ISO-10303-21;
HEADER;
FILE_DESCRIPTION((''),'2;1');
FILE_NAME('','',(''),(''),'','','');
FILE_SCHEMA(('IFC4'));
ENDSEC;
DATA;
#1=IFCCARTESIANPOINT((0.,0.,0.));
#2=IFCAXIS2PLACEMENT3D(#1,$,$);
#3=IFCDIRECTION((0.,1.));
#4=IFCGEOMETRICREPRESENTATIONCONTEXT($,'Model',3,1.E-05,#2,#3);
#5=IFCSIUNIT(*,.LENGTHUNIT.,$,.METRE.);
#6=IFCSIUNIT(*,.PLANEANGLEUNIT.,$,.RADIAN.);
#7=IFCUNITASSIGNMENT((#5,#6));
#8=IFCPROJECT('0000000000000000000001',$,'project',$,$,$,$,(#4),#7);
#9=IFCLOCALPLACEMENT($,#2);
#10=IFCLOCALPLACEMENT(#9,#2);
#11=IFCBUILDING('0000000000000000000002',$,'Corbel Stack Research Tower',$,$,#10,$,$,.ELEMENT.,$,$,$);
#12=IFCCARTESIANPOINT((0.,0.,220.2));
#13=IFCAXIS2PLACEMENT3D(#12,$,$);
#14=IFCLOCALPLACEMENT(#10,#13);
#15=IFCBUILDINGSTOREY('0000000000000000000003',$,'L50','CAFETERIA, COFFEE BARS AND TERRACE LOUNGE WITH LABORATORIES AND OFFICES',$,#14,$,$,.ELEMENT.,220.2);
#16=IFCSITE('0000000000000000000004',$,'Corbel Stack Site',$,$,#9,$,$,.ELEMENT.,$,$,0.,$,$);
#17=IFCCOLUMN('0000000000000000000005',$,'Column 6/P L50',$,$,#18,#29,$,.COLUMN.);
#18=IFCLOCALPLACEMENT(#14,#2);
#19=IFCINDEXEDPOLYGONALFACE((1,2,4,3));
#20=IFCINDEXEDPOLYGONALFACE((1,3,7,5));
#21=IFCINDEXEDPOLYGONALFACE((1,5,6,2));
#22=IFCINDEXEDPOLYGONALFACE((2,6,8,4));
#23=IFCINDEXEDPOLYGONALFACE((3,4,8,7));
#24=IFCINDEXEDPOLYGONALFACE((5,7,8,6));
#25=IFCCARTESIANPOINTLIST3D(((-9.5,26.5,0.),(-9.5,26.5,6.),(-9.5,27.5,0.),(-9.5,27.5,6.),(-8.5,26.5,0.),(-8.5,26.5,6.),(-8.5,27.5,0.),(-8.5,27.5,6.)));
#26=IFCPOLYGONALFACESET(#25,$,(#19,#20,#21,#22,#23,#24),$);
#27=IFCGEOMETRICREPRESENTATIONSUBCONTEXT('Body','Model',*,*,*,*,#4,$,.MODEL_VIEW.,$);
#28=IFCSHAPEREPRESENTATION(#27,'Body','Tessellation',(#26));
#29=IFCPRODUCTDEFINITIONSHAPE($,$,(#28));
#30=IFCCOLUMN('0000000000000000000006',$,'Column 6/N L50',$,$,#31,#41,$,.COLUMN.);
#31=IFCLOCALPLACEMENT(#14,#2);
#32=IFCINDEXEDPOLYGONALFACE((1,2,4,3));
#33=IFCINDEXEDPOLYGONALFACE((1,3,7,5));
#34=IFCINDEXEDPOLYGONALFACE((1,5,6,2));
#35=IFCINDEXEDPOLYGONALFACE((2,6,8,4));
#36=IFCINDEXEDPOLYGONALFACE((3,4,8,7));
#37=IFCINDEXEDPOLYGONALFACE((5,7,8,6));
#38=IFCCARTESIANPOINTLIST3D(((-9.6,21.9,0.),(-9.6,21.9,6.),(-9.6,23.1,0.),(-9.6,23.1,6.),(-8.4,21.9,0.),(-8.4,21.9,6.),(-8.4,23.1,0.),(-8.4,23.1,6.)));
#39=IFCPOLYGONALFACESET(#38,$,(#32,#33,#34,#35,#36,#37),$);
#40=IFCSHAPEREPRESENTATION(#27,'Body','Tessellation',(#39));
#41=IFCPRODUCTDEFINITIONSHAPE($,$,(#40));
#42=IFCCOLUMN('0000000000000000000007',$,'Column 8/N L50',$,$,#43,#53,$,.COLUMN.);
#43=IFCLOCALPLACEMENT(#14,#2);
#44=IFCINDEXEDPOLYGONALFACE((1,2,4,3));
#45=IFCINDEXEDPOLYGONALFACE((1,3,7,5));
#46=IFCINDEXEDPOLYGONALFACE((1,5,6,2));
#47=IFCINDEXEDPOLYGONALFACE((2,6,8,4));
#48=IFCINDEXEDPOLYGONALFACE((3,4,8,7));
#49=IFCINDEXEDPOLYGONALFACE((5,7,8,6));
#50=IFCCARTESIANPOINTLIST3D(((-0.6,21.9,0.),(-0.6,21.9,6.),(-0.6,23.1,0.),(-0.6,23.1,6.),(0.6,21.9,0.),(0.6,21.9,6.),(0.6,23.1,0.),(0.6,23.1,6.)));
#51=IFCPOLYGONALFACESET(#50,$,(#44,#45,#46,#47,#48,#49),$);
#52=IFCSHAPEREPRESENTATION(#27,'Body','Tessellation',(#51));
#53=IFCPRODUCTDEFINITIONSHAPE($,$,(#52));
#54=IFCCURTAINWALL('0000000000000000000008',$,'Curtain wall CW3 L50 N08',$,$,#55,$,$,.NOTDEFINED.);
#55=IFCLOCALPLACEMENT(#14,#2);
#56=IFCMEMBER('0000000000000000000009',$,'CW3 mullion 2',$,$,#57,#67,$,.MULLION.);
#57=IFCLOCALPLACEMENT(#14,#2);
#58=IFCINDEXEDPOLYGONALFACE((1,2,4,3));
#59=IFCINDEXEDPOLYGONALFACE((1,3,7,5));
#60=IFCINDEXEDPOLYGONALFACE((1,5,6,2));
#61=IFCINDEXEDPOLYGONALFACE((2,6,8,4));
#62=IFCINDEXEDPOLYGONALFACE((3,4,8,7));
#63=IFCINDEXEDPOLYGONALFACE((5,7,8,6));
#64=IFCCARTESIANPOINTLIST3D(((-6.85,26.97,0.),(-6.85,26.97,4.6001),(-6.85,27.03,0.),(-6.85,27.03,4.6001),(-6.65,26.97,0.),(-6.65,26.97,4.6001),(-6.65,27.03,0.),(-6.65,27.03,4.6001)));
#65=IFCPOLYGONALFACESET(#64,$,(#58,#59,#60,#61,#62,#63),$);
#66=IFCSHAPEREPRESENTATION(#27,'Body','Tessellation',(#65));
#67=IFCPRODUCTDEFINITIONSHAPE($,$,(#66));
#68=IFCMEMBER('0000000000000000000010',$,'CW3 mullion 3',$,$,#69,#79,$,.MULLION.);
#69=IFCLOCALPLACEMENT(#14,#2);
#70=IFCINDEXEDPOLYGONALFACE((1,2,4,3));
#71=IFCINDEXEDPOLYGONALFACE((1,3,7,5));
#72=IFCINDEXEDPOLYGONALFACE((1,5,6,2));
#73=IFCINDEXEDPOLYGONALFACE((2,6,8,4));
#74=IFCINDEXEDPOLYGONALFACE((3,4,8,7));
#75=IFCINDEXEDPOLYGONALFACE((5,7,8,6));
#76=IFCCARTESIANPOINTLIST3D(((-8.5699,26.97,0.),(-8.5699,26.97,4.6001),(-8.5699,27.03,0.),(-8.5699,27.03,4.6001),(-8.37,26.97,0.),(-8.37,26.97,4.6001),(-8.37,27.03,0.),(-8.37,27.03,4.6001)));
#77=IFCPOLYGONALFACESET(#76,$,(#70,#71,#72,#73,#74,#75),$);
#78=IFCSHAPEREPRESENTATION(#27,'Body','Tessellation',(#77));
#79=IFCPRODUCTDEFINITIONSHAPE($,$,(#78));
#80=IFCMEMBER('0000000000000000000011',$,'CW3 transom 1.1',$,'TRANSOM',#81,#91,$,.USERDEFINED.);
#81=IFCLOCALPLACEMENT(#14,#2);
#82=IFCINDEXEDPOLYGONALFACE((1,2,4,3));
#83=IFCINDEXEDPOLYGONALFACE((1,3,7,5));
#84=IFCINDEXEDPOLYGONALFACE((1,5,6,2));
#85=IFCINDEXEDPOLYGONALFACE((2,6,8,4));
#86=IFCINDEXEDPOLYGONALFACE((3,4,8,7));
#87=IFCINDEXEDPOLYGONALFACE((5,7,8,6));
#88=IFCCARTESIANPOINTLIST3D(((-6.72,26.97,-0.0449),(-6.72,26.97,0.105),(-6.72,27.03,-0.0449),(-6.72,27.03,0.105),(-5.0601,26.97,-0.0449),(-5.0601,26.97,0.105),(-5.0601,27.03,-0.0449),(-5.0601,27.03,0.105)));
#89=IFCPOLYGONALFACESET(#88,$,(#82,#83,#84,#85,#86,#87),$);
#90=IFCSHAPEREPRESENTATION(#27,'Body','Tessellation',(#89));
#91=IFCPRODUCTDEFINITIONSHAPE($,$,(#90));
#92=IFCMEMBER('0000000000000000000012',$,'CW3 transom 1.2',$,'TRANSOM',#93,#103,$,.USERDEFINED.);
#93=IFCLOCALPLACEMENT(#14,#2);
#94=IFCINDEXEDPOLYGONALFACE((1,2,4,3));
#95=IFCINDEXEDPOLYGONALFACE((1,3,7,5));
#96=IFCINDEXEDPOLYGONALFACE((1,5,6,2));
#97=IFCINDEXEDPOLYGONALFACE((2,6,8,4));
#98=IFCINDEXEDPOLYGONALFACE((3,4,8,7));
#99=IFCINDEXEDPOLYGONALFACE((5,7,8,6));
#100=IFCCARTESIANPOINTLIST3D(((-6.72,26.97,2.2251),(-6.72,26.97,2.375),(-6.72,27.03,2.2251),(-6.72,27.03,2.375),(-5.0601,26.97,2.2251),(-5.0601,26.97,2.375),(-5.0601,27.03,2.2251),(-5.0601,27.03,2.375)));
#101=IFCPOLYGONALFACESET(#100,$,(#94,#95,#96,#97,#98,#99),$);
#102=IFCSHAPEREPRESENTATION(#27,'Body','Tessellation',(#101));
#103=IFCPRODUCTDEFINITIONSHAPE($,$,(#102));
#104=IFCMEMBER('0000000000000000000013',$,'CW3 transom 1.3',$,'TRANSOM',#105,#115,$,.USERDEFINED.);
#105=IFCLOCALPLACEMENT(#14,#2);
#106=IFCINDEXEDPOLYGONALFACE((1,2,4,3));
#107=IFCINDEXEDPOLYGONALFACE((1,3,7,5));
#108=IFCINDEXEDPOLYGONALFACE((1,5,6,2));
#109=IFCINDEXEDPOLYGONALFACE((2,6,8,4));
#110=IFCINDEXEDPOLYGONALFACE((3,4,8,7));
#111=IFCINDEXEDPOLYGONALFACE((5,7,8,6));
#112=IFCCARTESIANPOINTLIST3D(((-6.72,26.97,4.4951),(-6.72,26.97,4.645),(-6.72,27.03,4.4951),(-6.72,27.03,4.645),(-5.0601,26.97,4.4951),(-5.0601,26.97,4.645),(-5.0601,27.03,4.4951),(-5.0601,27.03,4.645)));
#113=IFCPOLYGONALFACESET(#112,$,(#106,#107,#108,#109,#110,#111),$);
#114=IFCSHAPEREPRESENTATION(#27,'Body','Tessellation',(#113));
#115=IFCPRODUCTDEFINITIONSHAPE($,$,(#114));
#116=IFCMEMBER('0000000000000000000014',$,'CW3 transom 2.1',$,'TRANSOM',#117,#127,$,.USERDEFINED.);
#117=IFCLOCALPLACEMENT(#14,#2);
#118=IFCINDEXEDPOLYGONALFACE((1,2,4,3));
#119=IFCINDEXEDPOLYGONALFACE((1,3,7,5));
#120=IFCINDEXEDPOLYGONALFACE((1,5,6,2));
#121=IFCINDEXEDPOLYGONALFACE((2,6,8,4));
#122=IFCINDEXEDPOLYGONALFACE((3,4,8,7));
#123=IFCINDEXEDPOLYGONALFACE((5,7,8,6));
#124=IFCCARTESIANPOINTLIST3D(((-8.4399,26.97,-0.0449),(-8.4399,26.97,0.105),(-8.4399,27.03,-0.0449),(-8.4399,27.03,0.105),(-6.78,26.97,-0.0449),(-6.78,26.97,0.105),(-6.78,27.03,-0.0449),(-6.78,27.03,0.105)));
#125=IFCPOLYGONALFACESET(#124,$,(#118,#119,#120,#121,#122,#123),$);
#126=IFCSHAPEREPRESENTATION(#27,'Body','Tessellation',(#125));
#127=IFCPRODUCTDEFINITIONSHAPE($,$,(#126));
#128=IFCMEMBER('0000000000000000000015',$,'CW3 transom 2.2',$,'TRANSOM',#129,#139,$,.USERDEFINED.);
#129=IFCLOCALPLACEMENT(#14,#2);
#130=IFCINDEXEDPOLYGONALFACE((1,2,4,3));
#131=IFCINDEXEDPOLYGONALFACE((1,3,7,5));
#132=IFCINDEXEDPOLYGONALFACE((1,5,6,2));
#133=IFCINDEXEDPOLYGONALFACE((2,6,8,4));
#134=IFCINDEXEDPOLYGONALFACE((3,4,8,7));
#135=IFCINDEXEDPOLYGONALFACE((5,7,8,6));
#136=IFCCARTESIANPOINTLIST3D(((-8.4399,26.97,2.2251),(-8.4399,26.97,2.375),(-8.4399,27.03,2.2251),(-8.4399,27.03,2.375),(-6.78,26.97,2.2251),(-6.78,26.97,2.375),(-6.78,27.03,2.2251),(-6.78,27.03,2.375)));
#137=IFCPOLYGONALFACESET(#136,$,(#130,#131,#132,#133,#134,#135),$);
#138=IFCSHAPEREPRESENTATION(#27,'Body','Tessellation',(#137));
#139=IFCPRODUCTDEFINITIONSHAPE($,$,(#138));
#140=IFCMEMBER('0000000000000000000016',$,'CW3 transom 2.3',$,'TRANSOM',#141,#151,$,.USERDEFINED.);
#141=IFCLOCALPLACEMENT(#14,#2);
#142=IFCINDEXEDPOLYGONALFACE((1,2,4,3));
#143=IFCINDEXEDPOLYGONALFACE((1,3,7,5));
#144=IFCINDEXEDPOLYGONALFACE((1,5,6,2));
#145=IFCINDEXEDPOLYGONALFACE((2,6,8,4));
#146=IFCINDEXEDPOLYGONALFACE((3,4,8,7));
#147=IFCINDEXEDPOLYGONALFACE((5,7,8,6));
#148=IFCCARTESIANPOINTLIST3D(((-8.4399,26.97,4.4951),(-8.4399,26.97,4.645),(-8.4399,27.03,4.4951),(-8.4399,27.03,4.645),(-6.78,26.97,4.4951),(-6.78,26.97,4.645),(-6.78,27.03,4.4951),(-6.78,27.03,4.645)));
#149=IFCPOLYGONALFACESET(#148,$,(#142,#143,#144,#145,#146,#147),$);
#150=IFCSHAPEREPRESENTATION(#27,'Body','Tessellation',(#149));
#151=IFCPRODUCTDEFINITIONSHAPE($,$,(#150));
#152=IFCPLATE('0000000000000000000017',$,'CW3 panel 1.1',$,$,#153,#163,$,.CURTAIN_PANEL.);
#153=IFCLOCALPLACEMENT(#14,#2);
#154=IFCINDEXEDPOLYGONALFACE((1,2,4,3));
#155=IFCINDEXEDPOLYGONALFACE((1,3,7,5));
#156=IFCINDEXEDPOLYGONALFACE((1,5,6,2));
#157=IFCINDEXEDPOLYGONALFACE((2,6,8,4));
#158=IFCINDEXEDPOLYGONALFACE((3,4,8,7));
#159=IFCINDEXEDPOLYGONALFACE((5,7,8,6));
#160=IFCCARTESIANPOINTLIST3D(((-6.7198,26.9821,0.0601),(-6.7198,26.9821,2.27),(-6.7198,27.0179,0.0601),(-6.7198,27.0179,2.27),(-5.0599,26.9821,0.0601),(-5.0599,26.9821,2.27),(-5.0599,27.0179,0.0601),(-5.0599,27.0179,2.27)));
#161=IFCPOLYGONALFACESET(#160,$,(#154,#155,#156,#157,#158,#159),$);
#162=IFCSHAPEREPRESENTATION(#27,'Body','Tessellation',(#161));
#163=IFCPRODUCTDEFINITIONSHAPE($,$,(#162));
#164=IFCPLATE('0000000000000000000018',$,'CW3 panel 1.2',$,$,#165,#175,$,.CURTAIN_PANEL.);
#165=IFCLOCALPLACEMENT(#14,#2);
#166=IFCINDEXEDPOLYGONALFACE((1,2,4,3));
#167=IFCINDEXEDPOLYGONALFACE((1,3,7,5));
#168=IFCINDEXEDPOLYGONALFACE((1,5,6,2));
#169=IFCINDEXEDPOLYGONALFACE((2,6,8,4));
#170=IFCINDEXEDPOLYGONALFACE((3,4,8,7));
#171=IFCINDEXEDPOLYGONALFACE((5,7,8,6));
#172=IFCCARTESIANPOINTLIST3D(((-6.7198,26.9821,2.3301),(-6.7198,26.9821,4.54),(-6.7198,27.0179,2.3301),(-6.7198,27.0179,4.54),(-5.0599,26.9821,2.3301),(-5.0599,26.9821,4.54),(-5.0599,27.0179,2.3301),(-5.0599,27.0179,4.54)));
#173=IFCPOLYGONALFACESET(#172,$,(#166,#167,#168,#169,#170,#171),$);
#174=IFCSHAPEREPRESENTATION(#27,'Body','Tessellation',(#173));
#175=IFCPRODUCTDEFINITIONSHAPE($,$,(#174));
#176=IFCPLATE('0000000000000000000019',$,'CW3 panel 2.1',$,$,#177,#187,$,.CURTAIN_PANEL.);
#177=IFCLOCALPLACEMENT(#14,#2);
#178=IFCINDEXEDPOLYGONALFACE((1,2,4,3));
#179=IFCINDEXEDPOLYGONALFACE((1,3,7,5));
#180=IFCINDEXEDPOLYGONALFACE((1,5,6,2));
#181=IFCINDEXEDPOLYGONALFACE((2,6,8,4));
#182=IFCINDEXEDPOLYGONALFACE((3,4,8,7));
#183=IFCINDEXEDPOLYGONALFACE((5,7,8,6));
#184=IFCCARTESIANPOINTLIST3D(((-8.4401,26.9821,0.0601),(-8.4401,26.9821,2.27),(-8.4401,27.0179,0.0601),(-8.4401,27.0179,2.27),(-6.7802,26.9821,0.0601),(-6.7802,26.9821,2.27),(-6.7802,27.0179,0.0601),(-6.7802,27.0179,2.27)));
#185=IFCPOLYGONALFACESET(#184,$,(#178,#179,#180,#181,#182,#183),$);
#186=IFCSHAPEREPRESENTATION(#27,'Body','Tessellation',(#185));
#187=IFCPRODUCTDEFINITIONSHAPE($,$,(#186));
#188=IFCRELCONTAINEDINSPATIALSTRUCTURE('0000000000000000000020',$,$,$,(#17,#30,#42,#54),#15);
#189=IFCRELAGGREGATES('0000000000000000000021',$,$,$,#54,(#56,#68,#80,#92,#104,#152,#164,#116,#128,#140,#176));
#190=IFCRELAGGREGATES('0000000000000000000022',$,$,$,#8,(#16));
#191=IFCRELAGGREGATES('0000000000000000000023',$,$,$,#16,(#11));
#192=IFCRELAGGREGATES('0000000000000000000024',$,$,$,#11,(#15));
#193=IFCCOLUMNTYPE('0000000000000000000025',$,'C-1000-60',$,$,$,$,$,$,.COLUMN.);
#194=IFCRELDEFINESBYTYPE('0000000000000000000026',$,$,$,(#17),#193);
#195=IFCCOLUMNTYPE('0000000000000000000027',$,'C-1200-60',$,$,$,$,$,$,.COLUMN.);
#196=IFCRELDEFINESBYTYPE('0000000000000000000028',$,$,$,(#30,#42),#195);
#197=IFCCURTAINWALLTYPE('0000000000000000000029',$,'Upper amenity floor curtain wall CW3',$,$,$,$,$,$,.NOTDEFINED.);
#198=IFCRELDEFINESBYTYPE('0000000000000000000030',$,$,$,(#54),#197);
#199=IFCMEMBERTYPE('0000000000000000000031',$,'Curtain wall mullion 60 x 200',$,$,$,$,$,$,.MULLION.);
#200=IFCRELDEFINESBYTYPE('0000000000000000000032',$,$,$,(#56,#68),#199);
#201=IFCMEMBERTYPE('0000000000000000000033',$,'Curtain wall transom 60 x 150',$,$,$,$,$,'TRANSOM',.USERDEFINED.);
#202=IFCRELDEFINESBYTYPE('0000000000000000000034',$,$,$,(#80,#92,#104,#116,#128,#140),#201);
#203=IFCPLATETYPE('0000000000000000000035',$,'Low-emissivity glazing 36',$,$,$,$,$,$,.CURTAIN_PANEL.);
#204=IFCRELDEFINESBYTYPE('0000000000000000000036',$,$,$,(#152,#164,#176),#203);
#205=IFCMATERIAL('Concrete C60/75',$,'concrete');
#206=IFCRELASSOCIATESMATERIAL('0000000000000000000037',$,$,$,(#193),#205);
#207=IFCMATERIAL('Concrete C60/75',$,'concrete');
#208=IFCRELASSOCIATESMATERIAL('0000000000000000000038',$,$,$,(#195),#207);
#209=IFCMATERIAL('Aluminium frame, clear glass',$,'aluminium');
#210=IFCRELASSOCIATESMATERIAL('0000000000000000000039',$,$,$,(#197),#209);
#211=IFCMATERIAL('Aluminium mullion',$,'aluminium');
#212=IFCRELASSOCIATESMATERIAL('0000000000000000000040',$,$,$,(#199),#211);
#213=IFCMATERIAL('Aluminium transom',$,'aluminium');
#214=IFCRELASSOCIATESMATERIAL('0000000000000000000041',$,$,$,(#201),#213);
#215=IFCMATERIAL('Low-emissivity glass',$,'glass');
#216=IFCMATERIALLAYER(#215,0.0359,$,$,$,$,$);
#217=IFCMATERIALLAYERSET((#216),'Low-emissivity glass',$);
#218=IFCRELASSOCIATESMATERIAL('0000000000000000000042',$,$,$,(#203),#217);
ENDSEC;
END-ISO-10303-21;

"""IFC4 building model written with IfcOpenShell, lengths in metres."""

from ifc_helpers import new_model, si_unit, direction, frame, origin, origin_2d, place, context, subcontext, project, spatial, rectangle, extrude, material, layer, layer_set, material_profile, profile_set, type_object, element, aggregate, save


model = new_model("IFC4")

# Units and contexts
model_context = context("Model", 3, precision=1e-05, world=origin(), true_north=direction((0.0, 1.0)))
body_context = subcontext(model_context, "Body", "Model", "MODEL_VIEW")
ifc_project = project(units=[si_unit("LENGTHUNIT", "METRE"), si_unit("PLANEANGLEUNIT", "RADIAN")], contexts=[model_context])

# Site, building, storey
site_placement = place(None, origin())
site = spatial("IfcSite", under=ifc_project, at=site_placement, Name="Corbel Stack Site", CompositionType="ELEMENT", RefElevation=0.0)
building_placement = place(site_placement, origin())
building = spatial("IfcBuilding", under=site, at=building_placement, Name="Corbel Stack Research Tower", CompositionType="ELEMENT")
storey_placement = place(building_placement, frame((0.0, 0.0, 220.2)))
storey = spatial("IfcBuildingStorey", under=building, at=storey_placement, Name="L50", Description="CAFETERIA, COFFEE BARS AND TERRACE LOUNGE WITH LABORATORIES AND OFFICES", CompositionType="ELEMENT", Elevation=220.2)

# Columns
ifc_material_1 = material(Name="Concrete C60/75", Category="concrete")
ifc_material_profile_1 = material_profile(ifc_material_1, rectangle(XDim=1.0, YDim=1.0, at=origin_2d()), Name="RC 1000 x 1000")
ifc_profile_set_1 = profile_set([ifc_material_profile_1], Name="Concrete C60/75")
column_type_1 = type_object("IfcColumnType", Name="C-1000-60", PredefinedType="COLUMN", material=ifc_profile_set_1)
column_placement = place(storey_placement, frame((-9.0, 27.0, 0.0), z_axis=(0.0, 0.0, 1.0), x_axis=(1.0, 0.0, 0.0)))
element("IfcColumn", 1, at=column_placement, inside=storey, type_object=column_type_1, Name="Column 6/P L50", PredefinedType="COLUMN", context=body_context, shape_type="SweptSolid", body=[
    extrude(rectangle(XDim=1.0, YDim=1.0, at=origin_2d()), origin(), (0.0, 0.0, 1.0), 6.0),
])
ifc_material_2 = material(Name="Concrete C60/75", Category="concrete")
ifc_material_profile_2 = material_profile(ifc_material_2, rectangle(XDim=1.2, YDim=1.2, at=origin_2d()), Name="RC 1200 x 1200")
ifc_profile_set_2 = profile_set([ifc_material_profile_2], Name="Concrete C60/75")
column_type_2 = type_object("IfcColumnType", Name="C-1200-60", PredefinedType="COLUMN", material=ifc_profile_set_2)
for number, where, z_axis, x_axis, name in (
    (2, (-9.0, 22.5, 0.0), (0.0, 0.0, 1.0), (1.0, 0.0, 0.0), "Column 6/N L50"),
    (3, (0.0, 22.5, 0.0), (0.0, 0.0, 1.0), (1.0, 0.0, 0.0), "Column 8/N L50"),
):
    element("IfcColumn", number, at=place(storey_placement, frame(where, z_axis=z_axis, x_axis=x_axis)), inside=storey, type_object=column_type_2, Name=name, PredefinedType="COLUMN", context=body_context, shape_type="SweptSolid", body=[
        extrude(rectangle(XDim=1.2, YDim=1.2, at=origin_2d()), origin(), (0.0, 0.0, 1.0), 6.0),
    ])

# Curtain wall, members, plates
ifc_material_3 = material(Name="Aluminium frame, clear glass", Category="aluminium")
curtain_wall_type = type_object("IfcCurtainWallType", Name="Upper amenity floor curtain wall CW3", PredefinedType="NOTDEFINED", material=ifc_material_3)
curtain_wall_placement = place(storey_placement, origin())
curtain_wall = element("IfcCurtainWall", 4, at=curtain_wall_placement, inside=storey, type_object=curtain_wall_type, Name="Curtain wall CW3 L50 N08", PredefinedType="NOTDEFINED")
ifc_material_4 = material(Name="Aluminium mullion", Category="aluminium")
ifc_material_profile_3 = material_profile(ifc_material_4, rectangle(XDim=0.0601, YDim=0.2, at=origin_2d()), Name="Mullion 60 x 200")
ifc_profile_set_3 = profile_set([ifc_material_profile_3], Name="Aluminium mullion")
member_type_1 = type_object("IfcMemberType", Name="Curtain wall mullion 60 x 200", PredefinedType="MULLION", material=ifc_profile_set_3)
member_1_placement = place(storey_placement, frame((-6.75, 27.0, 0.0), z_axis=(0.0, 0.0, 1.0), x_axis=(0.0, -1.0, 0.0)))
member_1 = element("IfcMember", 5, at=member_1_placement, type_object=member_type_1, Name="CW3 mullion 2", PredefinedType="MULLION", context=body_context, shape_type="SweptSolid", body=[
    extrude(rectangle(XDim=0.0601, YDim=0.2, at=origin_2d()), origin(), (0.0, 0.0, 1.0), 4.6001),
])
member_2_placement = place(storey_placement, frame((-8.47, 27.0, 0.0), z_axis=(0.0, 0.0, 1.0), x_axis=(0.0, -1.0, 0.0)))
member_2 = element("IfcMember", 6, at=member_2_placement, type_object=member_type_1, Name="CW3 mullion 3", PredefinedType="MULLION", context=body_context, shape_type="SweptSolid", body=[
    extrude(rectangle(XDim=0.0601, YDim=0.2, at=origin_2d()), origin(), (0.0, 0.0, 1.0), 4.6001),
])
ifc_material_5 = material(Name="Aluminium transom", Category="aluminium")
ifc_material_profile_4 = material_profile(ifc_material_5, rectangle(XDim=0.0601, YDim=0.1499, at=origin_2d()), Name="Transom 60 x 150")
ifc_profile_set_4 = profile_set([ifc_material_profile_4], Name="Aluminium transom")
member_type_2 = type_object("IfcMemberType", Name="Curtain wall transom 60 x 150", ElementType="TRANSOM", PredefinedType="USERDEFINED", material=ifc_profile_set_4)
member_3_placement = place(storey_placement, frame((-5.0601, 27.0, 0.03), z_axis=(-1.0, 0.0, 0.0), x_axis=(0.0, -1.0, 0.0)))
member_3 = element("IfcMember", 7, at=member_3_placement, type_object=member_type_2, Name="CW3 transom 1.1", ObjectType="TRANSOM", PredefinedType="USERDEFINED", context=body_context, shape_type="SweptSolid", body=[
    extrude(rectangle(XDim=0.0601, YDim=0.1499, at=origin_2d()), origin(), (0.0, 0.0, 1.0), 1.6599),
])
member_4_placement = place(storey_placement, frame((-5.0601, 27.0, 2.3), z_axis=(-1.0, 0.0, 0.0), x_axis=(0.0, -1.0, 0.0)))
member_4 = element("IfcMember", 8, at=member_4_placement, type_object=member_type_2, Name="CW3 transom 1.2", ObjectType="TRANSOM", PredefinedType="USERDEFINED", context=body_context, shape_type="SweptSolid", body=[
    extrude(rectangle(XDim=0.0601, YDim=0.1499, at=origin_2d()), origin(), (0.0, 0.0, 1.0), 1.6599),
])
member_5_placement = place(storey_placement, frame((-5.0601, 27.0, 4.5701), z_axis=(-1.0, 0.0, 0.0), x_axis=(0.0, -1.0, 0.0)))
member_5 = element("IfcMember", 9, at=member_5_placement, type_object=member_type_2, Name="CW3 transom 1.3", ObjectType="TRANSOM", PredefinedType="USERDEFINED", context=body_context, shape_type="SweptSolid", body=[
    extrude(rectangle(XDim=0.0601, YDim=0.1499, at=origin_2d()), origin(), (0.0, 0.0, 1.0), 1.6599),
])
member_6_placement = place(storey_placement, frame((-6.78, 27.0, 0.03), z_axis=(-1.0, 0.0, 0.0), x_axis=(0.0, -1.0, 0.0)))
member_6 = element("IfcMember", 10, at=member_6_placement, type_object=member_type_2, Name="CW3 transom 2.1", ObjectType="TRANSOM", PredefinedType="USERDEFINED", context=body_context, shape_type="SweptSolid", body=[
    extrude(rectangle(XDim=0.0601, YDim=0.1499, at=origin_2d()), origin(), (0.0, 0.0, 1.0), 1.6599),
])
member_7_placement = place(storey_placement, frame((-6.78, 27.0, 2.3), z_axis=(-1.0, 0.0, 0.0), x_axis=(0.0, -1.0, 0.0)))
member_7 = element("IfcMember", 11, at=member_7_placement, type_object=member_type_2, Name="CW3 transom 2.2", ObjectType="TRANSOM", PredefinedType="USERDEFINED", context=body_context, shape_type="SweptSolid", body=[
    extrude(rectangle(XDim=0.0601, YDim=0.1499, at=origin_2d()), origin(), (0.0, 0.0, 1.0), 1.6599),
])
member_8_placement = place(storey_placement, frame((-6.78, 27.0, 4.5701), z_axis=(-1.0, 0.0, 0.0), x_axis=(0.0, -1.0, 0.0)))
member_8 = element("IfcMember", 12, at=member_8_placement, type_object=member_type_2, Name="CW3 transom 2.3", ObjectType="TRANSOM", PredefinedType="USERDEFINED", context=body_context, shape_type="SweptSolid", body=[
    extrude(rectangle(XDim=0.0601, YDim=0.1499, at=origin_2d()), origin(), (0.0, 0.0, 1.0), 1.6599),
])
ifc_material_6 = material(Name="Low-emissivity glass", Category="glass")
ifc_layer_1 = layer(ifc_material_6, 0.0359)
ifc_layer_set_1 = layer_set([ifc_layer_1], Name="Low-emissivity glass")
plate_type = type_object("IfcPlateType", Name="Low-emissivity glazing 36", PredefinedType="CURTAIN_PANEL", material=ifc_layer_set_1)
plate_1_placement = place(storey_placement, frame((-5.8899, 27.0, 0.0601), z_axis=(0.0, 0.0, 1.0), x_axis=(-1.0, 0.0, 0.0)))
plate_1 = element("IfcPlate", 13, at=plate_1_placement, type_object=plate_type, Name="CW3 panel 1.1", PredefinedType="CURTAIN_PANEL", context=body_context, shape_type="SweptSolid", body=[
    extrude(rectangle(XDim=1.6599, YDim=0.0359, at=origin_2d()), origin(), (0.0, 0.0, 1.0), 2.21),
])
plate_2_placement = place(storey_placement, frame((-5.8899, 27.0, 2.3301), z_axis=(0.0, 0.0, 1.0), x_axis=(-1.0, 0.0, 0.0)))
plate_2 = element("IfcPlate", 14, at=plate_2_placement, type_object=plate_type, Name="CW3 panel 1.2", PredefinedType="CURTAIN_PANEL", context=body_context, shape_type="SweptSolid", body=[
    extrude(rectangle(XDim=1.6599, YDim=0.0359, at=origin_2d()), origin(), (0.0, 0.0, 1.0), 2.21),
])
plate_3_placement = place(storey_placement, frame((-7.6101, 27.0, 0.0601), z_axis=(0.0, 0.0, 1.0), x_axis=(-1.0, 0.0, 0.0)))
plate_3 = element("IfcPlate", 15, at=plate_3_placement, type_object=plate_type, Name="CW3 panel 2.1", PredefinedType="CURTAIN_PANEL", context=body_context, shape_type="SweptSolid", body=[
    extrude(rectangle(XDim=1.6599, YDim=0.0359, at=origin_2d()), origin(), (0.0, 0.0, 1.0), 2.21),
])
aggregate(curtain_wall, [member_1, member_2, member_3, member_4, member_5, plate_1, plate_2, member_6, member_7, member_8, plate_3])

save(model, "model.ifc")
